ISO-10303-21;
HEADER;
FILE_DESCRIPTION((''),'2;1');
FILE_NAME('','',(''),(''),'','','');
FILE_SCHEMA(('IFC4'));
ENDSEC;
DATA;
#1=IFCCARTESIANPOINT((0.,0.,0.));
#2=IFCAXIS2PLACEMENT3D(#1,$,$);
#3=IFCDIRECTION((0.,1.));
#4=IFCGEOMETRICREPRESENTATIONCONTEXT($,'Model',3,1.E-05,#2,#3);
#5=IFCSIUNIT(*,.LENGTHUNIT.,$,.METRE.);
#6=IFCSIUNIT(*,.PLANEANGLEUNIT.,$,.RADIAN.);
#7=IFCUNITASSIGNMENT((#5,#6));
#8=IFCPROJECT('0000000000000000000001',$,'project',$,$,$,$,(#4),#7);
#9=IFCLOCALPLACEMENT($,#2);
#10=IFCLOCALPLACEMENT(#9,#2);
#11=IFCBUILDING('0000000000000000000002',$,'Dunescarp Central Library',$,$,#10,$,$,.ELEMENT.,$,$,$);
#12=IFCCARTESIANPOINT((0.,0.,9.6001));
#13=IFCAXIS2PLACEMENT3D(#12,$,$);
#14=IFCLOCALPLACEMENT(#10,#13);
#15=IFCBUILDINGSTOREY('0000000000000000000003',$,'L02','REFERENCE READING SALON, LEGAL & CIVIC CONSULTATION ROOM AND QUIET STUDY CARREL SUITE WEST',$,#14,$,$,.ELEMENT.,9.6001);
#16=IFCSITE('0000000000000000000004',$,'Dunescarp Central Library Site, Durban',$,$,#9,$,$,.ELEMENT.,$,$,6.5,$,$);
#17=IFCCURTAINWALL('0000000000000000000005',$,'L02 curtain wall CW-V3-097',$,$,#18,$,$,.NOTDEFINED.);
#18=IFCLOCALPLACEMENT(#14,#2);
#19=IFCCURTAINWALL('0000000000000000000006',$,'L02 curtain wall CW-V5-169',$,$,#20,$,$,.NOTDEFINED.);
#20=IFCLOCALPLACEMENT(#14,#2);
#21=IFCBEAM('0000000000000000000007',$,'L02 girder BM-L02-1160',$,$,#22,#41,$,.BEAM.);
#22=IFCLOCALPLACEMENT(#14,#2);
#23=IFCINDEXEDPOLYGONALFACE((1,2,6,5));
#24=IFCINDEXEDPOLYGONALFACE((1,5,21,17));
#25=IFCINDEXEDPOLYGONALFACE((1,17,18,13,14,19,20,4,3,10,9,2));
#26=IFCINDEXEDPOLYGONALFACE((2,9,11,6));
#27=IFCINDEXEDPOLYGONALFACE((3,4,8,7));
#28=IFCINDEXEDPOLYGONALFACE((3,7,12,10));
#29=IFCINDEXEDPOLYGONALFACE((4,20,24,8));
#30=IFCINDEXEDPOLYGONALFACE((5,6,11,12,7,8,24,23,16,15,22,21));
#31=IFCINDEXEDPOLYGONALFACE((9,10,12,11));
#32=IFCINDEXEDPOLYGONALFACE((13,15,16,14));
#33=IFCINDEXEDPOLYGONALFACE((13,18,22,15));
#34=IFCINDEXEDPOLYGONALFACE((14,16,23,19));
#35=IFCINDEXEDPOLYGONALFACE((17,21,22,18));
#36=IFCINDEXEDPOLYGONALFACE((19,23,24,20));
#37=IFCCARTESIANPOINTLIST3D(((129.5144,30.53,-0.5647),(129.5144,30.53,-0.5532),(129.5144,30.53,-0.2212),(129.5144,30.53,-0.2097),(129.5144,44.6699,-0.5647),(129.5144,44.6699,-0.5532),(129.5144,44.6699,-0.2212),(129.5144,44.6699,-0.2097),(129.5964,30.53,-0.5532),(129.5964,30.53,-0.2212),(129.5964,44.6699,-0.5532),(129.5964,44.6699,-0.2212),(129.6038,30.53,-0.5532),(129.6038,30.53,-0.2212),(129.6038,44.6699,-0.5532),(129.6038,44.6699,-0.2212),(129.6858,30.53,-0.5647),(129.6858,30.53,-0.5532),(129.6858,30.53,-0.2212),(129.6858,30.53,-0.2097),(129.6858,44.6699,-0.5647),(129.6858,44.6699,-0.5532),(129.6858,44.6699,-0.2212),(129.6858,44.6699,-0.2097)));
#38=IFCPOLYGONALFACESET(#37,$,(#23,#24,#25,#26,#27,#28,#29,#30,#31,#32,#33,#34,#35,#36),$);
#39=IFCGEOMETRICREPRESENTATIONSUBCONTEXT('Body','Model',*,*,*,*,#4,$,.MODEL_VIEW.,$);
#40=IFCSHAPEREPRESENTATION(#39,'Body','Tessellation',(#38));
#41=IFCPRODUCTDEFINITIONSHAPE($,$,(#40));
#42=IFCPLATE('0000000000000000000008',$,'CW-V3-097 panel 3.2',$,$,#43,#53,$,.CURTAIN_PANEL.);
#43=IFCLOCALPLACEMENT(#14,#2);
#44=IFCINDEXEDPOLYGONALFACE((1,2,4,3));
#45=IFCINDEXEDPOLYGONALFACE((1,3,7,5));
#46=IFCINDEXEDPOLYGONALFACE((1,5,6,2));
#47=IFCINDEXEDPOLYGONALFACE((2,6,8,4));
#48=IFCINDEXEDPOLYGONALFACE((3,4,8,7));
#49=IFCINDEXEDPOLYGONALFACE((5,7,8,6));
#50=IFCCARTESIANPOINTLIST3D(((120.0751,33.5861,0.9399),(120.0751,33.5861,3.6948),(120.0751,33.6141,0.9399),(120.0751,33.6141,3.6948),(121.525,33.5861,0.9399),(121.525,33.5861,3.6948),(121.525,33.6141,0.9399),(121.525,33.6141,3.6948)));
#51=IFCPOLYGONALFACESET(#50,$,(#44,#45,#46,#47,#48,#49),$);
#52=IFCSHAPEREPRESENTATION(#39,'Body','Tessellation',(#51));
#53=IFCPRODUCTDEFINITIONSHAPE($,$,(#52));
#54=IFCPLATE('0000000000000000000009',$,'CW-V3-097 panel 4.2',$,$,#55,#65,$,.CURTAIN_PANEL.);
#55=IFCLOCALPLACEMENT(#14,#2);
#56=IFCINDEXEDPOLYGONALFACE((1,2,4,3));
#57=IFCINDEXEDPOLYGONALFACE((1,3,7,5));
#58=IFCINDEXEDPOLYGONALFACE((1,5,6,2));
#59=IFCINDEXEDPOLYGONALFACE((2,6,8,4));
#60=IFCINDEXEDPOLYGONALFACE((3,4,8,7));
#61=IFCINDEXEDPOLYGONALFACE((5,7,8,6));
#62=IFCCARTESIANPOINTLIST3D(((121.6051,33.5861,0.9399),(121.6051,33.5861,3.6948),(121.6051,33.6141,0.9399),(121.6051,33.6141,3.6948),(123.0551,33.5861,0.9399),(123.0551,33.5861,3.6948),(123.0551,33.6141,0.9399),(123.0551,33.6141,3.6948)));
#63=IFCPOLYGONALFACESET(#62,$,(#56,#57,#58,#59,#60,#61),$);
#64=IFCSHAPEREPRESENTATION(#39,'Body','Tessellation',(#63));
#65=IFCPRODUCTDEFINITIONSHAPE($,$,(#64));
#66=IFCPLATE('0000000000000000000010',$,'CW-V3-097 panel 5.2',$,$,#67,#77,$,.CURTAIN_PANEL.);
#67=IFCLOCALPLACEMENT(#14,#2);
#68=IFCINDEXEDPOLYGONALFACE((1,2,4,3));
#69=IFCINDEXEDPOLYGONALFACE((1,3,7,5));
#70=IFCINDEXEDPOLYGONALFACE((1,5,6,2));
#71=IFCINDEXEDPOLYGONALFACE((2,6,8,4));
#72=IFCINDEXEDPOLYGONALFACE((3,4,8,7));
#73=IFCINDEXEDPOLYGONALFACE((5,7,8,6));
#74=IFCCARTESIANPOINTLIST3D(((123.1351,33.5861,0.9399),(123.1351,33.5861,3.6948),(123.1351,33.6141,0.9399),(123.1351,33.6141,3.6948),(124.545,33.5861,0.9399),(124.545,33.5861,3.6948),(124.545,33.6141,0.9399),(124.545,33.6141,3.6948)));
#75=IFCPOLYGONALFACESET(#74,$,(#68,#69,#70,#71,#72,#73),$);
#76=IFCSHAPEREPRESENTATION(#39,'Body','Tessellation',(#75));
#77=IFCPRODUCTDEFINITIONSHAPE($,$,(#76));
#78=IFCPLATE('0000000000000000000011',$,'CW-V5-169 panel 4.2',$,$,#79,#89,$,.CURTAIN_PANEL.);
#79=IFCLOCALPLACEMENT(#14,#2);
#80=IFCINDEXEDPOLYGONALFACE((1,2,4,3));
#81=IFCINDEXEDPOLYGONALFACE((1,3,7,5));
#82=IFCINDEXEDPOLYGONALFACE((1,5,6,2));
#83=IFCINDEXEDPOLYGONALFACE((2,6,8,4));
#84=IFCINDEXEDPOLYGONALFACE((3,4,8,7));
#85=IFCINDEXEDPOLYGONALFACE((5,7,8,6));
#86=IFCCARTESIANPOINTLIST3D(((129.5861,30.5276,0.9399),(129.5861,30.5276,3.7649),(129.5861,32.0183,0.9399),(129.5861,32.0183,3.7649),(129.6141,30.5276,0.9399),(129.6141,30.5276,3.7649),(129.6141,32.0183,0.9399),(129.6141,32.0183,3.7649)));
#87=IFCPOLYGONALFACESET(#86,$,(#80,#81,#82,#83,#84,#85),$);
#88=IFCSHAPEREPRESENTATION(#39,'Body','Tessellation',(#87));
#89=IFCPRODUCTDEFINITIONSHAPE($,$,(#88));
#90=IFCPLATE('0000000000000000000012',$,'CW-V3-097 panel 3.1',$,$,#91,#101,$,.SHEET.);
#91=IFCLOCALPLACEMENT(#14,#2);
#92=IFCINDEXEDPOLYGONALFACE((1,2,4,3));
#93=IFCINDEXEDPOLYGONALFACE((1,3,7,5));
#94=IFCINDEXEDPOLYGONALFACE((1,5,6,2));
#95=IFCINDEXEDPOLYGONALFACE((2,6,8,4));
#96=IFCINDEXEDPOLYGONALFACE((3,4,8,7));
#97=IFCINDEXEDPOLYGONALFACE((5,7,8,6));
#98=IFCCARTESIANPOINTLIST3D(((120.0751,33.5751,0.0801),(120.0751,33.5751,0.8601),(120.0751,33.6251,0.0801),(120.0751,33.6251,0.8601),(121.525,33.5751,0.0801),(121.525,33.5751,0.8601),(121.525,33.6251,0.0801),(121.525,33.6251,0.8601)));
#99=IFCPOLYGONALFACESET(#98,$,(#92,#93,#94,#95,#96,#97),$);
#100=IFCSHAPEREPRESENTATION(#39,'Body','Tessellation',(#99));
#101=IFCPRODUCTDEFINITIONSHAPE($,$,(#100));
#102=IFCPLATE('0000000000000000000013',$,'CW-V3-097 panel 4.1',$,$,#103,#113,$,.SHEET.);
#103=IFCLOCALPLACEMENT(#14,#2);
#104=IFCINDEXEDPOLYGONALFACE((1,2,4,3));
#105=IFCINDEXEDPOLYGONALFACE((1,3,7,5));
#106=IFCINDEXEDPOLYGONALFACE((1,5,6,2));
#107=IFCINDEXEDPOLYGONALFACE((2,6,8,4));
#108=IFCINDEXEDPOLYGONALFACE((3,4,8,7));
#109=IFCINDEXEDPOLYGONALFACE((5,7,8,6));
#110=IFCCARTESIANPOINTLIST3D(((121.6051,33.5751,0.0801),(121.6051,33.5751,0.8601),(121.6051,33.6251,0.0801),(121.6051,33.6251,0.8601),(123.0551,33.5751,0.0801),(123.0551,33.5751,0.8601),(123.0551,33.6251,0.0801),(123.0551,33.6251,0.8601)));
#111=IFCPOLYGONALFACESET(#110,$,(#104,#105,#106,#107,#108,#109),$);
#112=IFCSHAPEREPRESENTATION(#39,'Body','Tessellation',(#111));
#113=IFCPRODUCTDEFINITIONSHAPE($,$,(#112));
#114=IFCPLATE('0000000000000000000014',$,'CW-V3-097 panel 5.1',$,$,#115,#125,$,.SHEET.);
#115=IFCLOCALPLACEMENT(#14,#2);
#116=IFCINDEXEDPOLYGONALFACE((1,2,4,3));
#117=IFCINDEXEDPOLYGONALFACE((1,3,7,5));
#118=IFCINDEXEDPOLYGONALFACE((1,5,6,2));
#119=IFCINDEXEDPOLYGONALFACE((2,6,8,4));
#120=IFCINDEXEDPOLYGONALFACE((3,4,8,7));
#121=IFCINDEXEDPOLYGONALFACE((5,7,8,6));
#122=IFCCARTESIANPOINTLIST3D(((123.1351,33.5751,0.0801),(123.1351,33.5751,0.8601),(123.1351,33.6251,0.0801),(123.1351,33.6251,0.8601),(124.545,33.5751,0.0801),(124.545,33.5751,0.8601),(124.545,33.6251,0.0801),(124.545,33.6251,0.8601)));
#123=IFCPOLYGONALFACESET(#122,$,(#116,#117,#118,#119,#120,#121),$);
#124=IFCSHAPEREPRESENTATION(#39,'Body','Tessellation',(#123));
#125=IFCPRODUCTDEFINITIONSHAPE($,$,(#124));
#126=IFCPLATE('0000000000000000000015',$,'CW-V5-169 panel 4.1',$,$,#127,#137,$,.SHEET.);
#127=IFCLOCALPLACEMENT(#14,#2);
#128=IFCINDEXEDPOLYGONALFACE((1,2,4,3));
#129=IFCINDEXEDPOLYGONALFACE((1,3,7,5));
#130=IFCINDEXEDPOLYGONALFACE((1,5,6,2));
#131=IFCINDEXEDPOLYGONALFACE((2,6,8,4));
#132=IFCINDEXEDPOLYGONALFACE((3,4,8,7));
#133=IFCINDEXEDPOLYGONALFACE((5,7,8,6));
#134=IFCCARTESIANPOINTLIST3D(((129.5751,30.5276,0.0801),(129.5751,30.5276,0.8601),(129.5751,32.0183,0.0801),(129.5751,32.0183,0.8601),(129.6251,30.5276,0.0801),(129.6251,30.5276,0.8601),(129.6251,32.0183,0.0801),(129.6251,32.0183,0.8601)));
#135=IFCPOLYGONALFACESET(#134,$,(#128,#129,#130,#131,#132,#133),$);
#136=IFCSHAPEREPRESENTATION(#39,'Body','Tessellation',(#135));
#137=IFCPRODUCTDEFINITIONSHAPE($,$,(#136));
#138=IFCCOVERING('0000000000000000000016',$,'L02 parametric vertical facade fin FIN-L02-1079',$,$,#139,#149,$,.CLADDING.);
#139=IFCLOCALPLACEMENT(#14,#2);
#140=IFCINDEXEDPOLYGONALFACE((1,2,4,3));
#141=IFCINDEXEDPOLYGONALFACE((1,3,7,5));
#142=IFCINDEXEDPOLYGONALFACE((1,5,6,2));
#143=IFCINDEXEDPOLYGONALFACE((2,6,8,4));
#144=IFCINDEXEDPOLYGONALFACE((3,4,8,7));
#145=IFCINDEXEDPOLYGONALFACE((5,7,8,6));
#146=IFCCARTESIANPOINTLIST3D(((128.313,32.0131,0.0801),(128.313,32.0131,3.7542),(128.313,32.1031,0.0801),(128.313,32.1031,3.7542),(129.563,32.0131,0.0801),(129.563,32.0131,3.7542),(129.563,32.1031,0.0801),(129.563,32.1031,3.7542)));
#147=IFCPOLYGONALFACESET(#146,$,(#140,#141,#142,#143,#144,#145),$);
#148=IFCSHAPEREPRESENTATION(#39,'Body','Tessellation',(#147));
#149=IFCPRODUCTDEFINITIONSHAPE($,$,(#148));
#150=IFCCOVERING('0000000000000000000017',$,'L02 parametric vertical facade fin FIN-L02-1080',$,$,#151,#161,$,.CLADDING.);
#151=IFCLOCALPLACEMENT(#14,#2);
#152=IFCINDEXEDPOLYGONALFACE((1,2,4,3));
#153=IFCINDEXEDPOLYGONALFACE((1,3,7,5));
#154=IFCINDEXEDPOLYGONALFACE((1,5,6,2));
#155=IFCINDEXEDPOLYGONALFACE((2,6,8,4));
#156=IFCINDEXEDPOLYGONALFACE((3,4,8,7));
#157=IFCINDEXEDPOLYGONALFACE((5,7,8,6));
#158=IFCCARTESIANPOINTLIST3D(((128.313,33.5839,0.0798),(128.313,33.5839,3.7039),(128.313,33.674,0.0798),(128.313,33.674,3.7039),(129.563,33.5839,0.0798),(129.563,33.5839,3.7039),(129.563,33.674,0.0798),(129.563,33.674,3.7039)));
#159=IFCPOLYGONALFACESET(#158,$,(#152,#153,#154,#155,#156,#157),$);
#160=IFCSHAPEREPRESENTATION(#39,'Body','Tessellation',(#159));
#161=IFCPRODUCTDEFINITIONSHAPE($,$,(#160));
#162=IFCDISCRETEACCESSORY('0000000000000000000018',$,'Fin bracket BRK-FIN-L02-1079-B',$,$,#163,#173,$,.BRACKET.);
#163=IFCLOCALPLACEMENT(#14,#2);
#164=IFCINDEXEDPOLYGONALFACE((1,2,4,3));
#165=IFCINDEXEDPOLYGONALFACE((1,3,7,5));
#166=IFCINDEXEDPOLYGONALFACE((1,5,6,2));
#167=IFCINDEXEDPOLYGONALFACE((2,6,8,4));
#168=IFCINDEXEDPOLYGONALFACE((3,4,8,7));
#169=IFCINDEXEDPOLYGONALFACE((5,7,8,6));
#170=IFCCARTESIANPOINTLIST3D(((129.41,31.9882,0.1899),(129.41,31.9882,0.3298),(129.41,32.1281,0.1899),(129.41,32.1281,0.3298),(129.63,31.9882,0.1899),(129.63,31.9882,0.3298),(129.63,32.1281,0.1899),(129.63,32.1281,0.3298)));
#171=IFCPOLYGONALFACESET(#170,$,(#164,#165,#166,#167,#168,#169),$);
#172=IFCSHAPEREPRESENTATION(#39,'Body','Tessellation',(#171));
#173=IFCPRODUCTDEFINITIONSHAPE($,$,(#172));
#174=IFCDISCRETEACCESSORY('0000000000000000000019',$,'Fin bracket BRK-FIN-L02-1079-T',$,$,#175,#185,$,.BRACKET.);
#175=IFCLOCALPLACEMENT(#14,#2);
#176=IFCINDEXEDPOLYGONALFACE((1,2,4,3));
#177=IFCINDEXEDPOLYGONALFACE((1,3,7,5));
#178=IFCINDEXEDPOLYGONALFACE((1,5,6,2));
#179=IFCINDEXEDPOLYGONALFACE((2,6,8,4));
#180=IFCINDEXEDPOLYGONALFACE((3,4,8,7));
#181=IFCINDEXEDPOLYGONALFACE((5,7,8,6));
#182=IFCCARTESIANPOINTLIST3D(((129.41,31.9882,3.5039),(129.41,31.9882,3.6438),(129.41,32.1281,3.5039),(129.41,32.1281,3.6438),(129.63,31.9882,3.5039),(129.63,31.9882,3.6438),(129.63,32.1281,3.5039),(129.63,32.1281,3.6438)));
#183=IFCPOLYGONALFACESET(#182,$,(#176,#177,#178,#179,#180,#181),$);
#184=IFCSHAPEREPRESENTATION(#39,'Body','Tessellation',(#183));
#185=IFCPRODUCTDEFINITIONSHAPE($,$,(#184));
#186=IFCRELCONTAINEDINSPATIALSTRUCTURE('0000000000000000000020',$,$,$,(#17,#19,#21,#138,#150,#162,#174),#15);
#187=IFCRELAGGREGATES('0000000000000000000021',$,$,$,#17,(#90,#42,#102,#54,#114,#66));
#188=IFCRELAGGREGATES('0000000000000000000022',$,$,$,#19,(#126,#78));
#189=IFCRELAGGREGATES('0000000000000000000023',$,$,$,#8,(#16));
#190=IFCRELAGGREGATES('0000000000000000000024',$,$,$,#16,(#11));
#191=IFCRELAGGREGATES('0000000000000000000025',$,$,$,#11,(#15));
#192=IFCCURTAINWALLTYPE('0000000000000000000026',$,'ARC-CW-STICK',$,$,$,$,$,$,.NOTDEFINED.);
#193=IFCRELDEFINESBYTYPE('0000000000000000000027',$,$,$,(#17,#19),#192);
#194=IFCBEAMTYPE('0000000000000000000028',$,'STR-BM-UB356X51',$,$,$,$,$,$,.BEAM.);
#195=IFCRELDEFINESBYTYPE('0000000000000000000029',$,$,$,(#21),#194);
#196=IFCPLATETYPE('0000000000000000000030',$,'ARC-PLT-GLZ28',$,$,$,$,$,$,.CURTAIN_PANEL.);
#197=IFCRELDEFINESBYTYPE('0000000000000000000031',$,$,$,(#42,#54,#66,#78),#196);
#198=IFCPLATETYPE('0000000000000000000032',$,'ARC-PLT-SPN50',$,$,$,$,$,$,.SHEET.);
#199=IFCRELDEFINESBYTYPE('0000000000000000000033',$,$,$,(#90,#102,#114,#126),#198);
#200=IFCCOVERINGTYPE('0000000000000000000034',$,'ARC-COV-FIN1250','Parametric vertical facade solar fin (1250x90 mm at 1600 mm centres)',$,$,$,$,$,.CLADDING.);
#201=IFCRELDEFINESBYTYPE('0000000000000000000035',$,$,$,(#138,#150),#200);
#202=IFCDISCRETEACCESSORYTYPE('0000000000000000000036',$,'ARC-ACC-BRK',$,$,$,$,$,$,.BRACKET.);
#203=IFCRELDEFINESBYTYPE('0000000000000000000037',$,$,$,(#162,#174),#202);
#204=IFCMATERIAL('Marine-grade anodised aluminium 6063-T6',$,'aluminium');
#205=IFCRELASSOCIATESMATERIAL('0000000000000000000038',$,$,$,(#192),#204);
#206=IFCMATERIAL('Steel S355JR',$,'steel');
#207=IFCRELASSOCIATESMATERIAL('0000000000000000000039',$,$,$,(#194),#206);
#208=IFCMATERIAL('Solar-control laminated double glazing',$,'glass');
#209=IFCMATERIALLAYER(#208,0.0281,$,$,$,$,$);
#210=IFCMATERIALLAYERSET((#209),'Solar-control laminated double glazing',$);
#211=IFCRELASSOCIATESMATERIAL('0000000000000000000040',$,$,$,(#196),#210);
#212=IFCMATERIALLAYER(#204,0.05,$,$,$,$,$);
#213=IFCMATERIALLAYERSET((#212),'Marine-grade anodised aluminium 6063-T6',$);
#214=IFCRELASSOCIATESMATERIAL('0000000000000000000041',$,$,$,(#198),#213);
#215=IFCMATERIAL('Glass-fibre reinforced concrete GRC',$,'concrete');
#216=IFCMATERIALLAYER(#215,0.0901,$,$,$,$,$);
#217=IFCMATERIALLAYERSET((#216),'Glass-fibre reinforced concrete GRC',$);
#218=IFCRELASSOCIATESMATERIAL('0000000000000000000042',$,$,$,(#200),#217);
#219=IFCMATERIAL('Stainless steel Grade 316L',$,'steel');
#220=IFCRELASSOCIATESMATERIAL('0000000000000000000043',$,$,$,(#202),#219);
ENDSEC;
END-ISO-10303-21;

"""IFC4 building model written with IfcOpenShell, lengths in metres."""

from ifc_helpers import new_model, si_unit, direction, frame, origin, origin_2d, place, context, subcontext, project, spatial, rectangle, i_section, extrude, material, layer, layer_set, material_profile, profile_set, type_object, element, aggregate, save


model = new_model("IFC4")

# Units and contexts
model_context = context("Model", 3, precision=1e-05, world=origin(), true_north=direction((0.0, 1.0)))
body_context = subcontext(model_context, "Body", "Model", "MODEL_VIEW")
ifc_project = project(units=[si_unit("LENGTHUNIT", "METRE"), si_unit("PLANEANGLEUNIT", "RADIAN")], contexts=[model_context])

# Site, building, storey
site_placement = place(None, origin())
site = spatial("IfcSite", under=ifc_project, at=site_placement, Name="Dunescarp Central Library Site, Durban", CompositionType="ELEMENT", RefElevation=6.5)
building_placement = place(site_placement, origin())
building = spatial("IfcBuilding", under=site, at=building_placement, Name="Dunescarp Central Library", CompositionType="ELEMENT")
storey_placement = place(building_placement, frame((0.0, 0.0, 9.6001)))
storey = spatial("IfcBuildingStorey", under=building, at=storey_placement, Name="L02", Description="REFERENCE READING SALON, LEGAL & CIVIC CONSULTATION ROOM AND QUIET STUDY CARREL SUITE WEST", CompositionType="ELEMENT", Elevation=9.6001)

# Shared definitions
ifc_material_1 = material(Name="Steel S355JR", Category="steel")

# Curtain wall
ifc_material_2 = material(Name="Marine-grade anodised aluminium 6063-T6", Category="aluminium")
curtain_wall_type = type_object("IfcCurtainWallType", Name="ARC-CW-STICK", PredefinedType="NOTDEFINED", material=ifc_material_2)
curtain_wall_1_placement = place(storey_placement, origin())
curtain_wall_1 = element("IfcCurtainWall", 1, at=curtain_wall_1_placement, inside=storey, type_object=curtain_wall_type, Name="L02 curtain wall CW-V3-097", PredefinedType="NOTDEFINED")

# Curtain wall
curtain_wall_2_placement = place(storey_placement, origin())
curtain_wall_2 = element("IfcCurtainWall", 2, at=curtain_wall_2_placement, inside=storey, type_object=curtain_wall_type, Name="L02 curtain wall CW-V5-169", PredefinedType="NOTDEFINED")

# Beam
ifc_material_profile_1 = material_profile(ifc_material_1, i_section(OverallWidth=0.1714, OverallDepth=0.355, WebThickness=0.0073, FlangeThickness=0.0115, at=origin_2d()), Name="UB 356x171x51")
ifc_profile_set_1 = profile_set([ifc_material_profile_1], Name="Steel S355JR")
beam_type = type_object("IfcBeamType", Name="STR-BM-UB356X51", PredefinedType="BEAM", material=ifc_profile_set_1)
beam_placement = place(storey_placement, frame((129.6001, 30.53, -0.3872), z_axis=(0.0, 1.0, 0.0), x_axis=(-1.0, 0.0, 0.0)))
element("IfcBeam", 3, at=beam_placement, inside=storey, type_object=beam_type, Name="L02 girder BM-L02-1160", PredefinedType="BEAM", context=body_context, shape_type="SweptSolid", body=[
    extrude(i_section(OverallWidth=0.1714, OverallDepth=0.355, WebThickness=0.0073, FlangeThickness=0.0115, at=origin_2d()), origin(), (0.0, 0.0, 1.0), 14.1399),
])

# Plates
ifc_material_3 = material(Name="Solar-control laminated double glazing", Category="glass")
ifc_layer_1 = layer(ifc_material_3, 0.0281)
ifc_layer_set_1 = layer_set([ifc_layer_1], Name="Solar-control laminated double glazing")
plate_type_1 = type_object("IfcPlateType", Name="ARC-PLT-GLZ28", PredefinedType="CURTAIN_PANEL", material=ifc_layer_set_1)
plate_1_placement = place(storey_placement, frame((120.8, 33.6001, 0.9399), z_axis=(0.0, 0.0, 1.0), x_axis=(1.0, 0.0, 0.0)))
plate_1 = element("IfcPlate", 4, at=plate_1_placement, type_object=plate_type_1, Name="CW-V3-097 panel 3.2", PredefinedType="CURTAIN_PANEL", context=body_context, shape_type="SweptSolid", body=[
    extrude(rectangle(XDim=1.45, YDim=0.0281, at=origin_2d()), origin(), (0.0, 0.0, 1.0), 2.7549),
])
plate_2_placement = place(storey_placement, frame((122.3301, 33.6001, 0.9399), z_axis=(0.0, 0.0, 1.0), x_axis=(1.0, 0.0, 0.0)))
plate_2 = element("IfcPlate", 5, at=plate_2_placement, type_object=plate_type_1, Name="CW-V3-097 panel 4.2", PredefinedType="CURTAIN_PANEL", context=body_context, shape_type="SweptSolid", body=[
    extrude(rectangle(XDim=1.45, YDim=0.0281, at=origin_2d()), origin(), (0.0, 0.0, 1.0), 2.7549),
])
plate_3_placement = place(storey_placement, frame((123.8401, 33.6001, 0.9399), z_axis=(0.0, 0.0, 1.0), x_axis=(1.0, 0.0, 0.0)))
plate_3 = element("IfcPlate", 6, at=plate_3_placement, type_object=plate_type_1, Name="CW-V3-097 panel 5.2", PredefinedType="CURTAIN_PANEL", context=body_context, shape_type="SweptSolid", body=[
    extrude(rectangle(XDim=1.4099, YDim=0.0281, at=origin_2d()), origin(), (0.0, 0.0, 1.0), 2.7549),
])
plate_4_placement = place(storey_placement, frame((129.6001, 31.2729, 0.9399), z_axis=(0.0, 0.0, 1.0), x_axis=(0.0, 1.0, 0.0)))
plate_4 = element("IfcPlate", 7, at=plate_4_placement, type_object=plate_type_1, Name="CW-V5-169 panel 4.2", PredefinedType="CURTAIN_PANEL", context=body_context, shape_type="SweptSolid", body=[
    extrude(rectangle(XDim=1.4907, YDim=0.0281, at=origin_2d()), origin(), (0.0, 0.0, 1.0), 2.825),
])
ifc_layer_2 = layer(ifc_material_2, 0.05)
ifc_layer_set_2 = layer_set([ifc_layer_2], Name="Marine-grade anodised aluminium 6063-T6")
plate_type_2 = type_object("IfcPlateType", Name="ARC-PLT-SPN50", PredefinedType="SHEET", material=ifc_layer_set_2)
plate_5_placement = place(storey_placement, frame((120.8, 33.6001, 0.0801), z_axis=(0.0, 0.0, 1.0), x_axis=(1.0, 0.0, 0.0)))
plate_5 = element("IfcPlate", 8, at=plate_5_placement, type_object=plate_type_2, Name="CW-V3-097 panel 3.1", PredefinedType="SHEET", context=body_context, shape_type="SweptSolid", body=[
    extrude(rectangle(XDim=1.45, YDim=0.05, at=origin_2d()), origin(), (0.0, 0.0, 1.0), 0.78),
])
plate_6_placement = place(storey_placement, frame((122.3301, 33.6001, 0.0801), z_axis=(0.0, 0.0, 1.0), x_axis=(1.0, 0.0, 0.0)))
plate_6 = element("IfcPlate", 9, at=plate_6_placement, type_object=plate_type_2, Name="CW-V3-097 panel 4.1", PredefinedType="SHEET", context=body_context, shape_type="SweptSolid", body=[
    extrude(rectangle(XDim=1.45, YDim=0.05, at=origin_2d()), origin(), (0.0, 0.0, 1.0), 0.78),
])
plate_7_placement = place(storey_placement, frame((123.8401, 33.6001, 0.0801), z_axis=(0.0, 0.0, 1.0), x_axis=(1.0, 0.0, 0.0)))
plate_7 = element("IfcPlate", 10, at=plate_7_placement, type_object=plate_type_2, Name="CW-V3-097 panel 5.1", PredefinedType="SHEET", context=body_context, shape_type="SweptSolid", body=[
    extrude(rectangle(XDim=1.4099, YDim=0.05, at=origin_2d()), origin(), (0.0, 0.0, 1.0), 0.78),
])
aggregate(curtain_wall_1, [plate_5, plate_1, plate_6, plate_2, plate_7, plate_3])
plate_8_placement = place(storey_placement, frame((129.6001, 31.2729, 0.0801), z_axis=(0.0, 0.0, 1.0), x_axis=(0.0, 1.0, 0.0)))
plate_8 = element("IfcPlate", 11, at=plate_8_placement, type_object=plate_type_2, Name="CW-V5-169 panel 4.1", PredefinedType="SHEET", context=body_context, shape_type="SweptSolid", body=[
    extrude(rectangle(XDim=1.4907, YDim=0.05, at=origin_2d()), origin(), (0.0, 0.0, 1.0), 0.78),
])
aggregate(curtain_wall_2, [plate_8, plate_4])

# Coverings
ifc_material_4 = material(Name="Glass-fibre reinforced concrete GRC", Category="concrete")
ifc_layer_3 = layer(ifc_material_4, 0.0901)
ifc_layer_set_3 = layer_set([ifc_layer_3], Name="Glass-fibre reinforced concrete GRC")
covering_type = type_object("IfcCoveringType", Name="ARC-COV-FIN1250", Description="Parametric vertical facade solar fin (1250x90 mm at 1600 mm centres)", PredefinedType="CLADDING", material=ifc_layer_set_3)
covering_1_placement = place(storey_placement, frame((128.938, 32.0581, 0.0801), z_axis=(0.0, 0.0, 1.0), x_axis=(-1.0, 0.0, 0.0)))
element("IfcCovering", 12, at=covering_1_placement, inside=storey, type_object=covering_type, Name="L02 parametric vertical facade fin FIN-L02-1079", PredefinedType="CLADDING", context=body_context, shape_type="SweptSolid", body=[
    extrude(rectangle(XDim=1.25, YDim=0.0901, at=origin_2d()), origin(), (0.0, 0.0, 1.0), 3.6741),
])
covering_2_placement = place(storey_placement, frame((128.938, 33.6289, 0.0798), z_axis=(0.0, 0.0, 1.0), x_axis=(-1.0, 0.0, 0.0)))
element("IfcCovering", 13, at=covering_2_placement, inside=storey, type_object=covering_type, Name="L02 parametric vertical facade fin FIN-L02-1080", PredefinedType="CLADDING", context=body_context, shape_type="SweptSolid", body=[
    extrude(rectangle(XDim=1.25, YDim=0.0901, at=origin_2d()), origin(), (0.0, 0.0, 1.0), 3.624),
])

# Discrete accessories
ifc_material_5 = material(Name="Stainless steel Grade 316L", Category="steel")
discrete_accessory_type = type_object("IfcDiscreteAccessoryType", Name="ARC-ACC-BRK", PredefinedType="BRACKET", material=ifc_material_5)
for number, where, z_axis, x_axis, name in (
    (14, (129.52, 32.0581, 0.1899), (0.0, 0.0, 1.0), (-1.0, 0.0, 0.0), "Fin bracket BRK-FIN-L02-1079-B"),
    (15, (129.52, 32.0581, 3.5039), (0.0, 0.0, 1.0), (-1.0, 0.0, 0.0), "Fin bracket BRK-FIN-L02-1079-T"),
):
    element("IfcDiscreteAccessory", number, at=place(storey_placement, frame(where, z_axis=z_axis, x_axis=x_axis)), inside=storey, type_object=discrete_accessory_type, Name=name, PredefinedType="BRACKET", context=body_context, shape_type="SweptSolid", body=[
        extrude(rectangle(XDim=0.22, YDim=0.1399, at=origin_2d()), origin(), (0.0, 0.0, 1.0), 0.1399),
    ])

save(model, "model.ifc")
